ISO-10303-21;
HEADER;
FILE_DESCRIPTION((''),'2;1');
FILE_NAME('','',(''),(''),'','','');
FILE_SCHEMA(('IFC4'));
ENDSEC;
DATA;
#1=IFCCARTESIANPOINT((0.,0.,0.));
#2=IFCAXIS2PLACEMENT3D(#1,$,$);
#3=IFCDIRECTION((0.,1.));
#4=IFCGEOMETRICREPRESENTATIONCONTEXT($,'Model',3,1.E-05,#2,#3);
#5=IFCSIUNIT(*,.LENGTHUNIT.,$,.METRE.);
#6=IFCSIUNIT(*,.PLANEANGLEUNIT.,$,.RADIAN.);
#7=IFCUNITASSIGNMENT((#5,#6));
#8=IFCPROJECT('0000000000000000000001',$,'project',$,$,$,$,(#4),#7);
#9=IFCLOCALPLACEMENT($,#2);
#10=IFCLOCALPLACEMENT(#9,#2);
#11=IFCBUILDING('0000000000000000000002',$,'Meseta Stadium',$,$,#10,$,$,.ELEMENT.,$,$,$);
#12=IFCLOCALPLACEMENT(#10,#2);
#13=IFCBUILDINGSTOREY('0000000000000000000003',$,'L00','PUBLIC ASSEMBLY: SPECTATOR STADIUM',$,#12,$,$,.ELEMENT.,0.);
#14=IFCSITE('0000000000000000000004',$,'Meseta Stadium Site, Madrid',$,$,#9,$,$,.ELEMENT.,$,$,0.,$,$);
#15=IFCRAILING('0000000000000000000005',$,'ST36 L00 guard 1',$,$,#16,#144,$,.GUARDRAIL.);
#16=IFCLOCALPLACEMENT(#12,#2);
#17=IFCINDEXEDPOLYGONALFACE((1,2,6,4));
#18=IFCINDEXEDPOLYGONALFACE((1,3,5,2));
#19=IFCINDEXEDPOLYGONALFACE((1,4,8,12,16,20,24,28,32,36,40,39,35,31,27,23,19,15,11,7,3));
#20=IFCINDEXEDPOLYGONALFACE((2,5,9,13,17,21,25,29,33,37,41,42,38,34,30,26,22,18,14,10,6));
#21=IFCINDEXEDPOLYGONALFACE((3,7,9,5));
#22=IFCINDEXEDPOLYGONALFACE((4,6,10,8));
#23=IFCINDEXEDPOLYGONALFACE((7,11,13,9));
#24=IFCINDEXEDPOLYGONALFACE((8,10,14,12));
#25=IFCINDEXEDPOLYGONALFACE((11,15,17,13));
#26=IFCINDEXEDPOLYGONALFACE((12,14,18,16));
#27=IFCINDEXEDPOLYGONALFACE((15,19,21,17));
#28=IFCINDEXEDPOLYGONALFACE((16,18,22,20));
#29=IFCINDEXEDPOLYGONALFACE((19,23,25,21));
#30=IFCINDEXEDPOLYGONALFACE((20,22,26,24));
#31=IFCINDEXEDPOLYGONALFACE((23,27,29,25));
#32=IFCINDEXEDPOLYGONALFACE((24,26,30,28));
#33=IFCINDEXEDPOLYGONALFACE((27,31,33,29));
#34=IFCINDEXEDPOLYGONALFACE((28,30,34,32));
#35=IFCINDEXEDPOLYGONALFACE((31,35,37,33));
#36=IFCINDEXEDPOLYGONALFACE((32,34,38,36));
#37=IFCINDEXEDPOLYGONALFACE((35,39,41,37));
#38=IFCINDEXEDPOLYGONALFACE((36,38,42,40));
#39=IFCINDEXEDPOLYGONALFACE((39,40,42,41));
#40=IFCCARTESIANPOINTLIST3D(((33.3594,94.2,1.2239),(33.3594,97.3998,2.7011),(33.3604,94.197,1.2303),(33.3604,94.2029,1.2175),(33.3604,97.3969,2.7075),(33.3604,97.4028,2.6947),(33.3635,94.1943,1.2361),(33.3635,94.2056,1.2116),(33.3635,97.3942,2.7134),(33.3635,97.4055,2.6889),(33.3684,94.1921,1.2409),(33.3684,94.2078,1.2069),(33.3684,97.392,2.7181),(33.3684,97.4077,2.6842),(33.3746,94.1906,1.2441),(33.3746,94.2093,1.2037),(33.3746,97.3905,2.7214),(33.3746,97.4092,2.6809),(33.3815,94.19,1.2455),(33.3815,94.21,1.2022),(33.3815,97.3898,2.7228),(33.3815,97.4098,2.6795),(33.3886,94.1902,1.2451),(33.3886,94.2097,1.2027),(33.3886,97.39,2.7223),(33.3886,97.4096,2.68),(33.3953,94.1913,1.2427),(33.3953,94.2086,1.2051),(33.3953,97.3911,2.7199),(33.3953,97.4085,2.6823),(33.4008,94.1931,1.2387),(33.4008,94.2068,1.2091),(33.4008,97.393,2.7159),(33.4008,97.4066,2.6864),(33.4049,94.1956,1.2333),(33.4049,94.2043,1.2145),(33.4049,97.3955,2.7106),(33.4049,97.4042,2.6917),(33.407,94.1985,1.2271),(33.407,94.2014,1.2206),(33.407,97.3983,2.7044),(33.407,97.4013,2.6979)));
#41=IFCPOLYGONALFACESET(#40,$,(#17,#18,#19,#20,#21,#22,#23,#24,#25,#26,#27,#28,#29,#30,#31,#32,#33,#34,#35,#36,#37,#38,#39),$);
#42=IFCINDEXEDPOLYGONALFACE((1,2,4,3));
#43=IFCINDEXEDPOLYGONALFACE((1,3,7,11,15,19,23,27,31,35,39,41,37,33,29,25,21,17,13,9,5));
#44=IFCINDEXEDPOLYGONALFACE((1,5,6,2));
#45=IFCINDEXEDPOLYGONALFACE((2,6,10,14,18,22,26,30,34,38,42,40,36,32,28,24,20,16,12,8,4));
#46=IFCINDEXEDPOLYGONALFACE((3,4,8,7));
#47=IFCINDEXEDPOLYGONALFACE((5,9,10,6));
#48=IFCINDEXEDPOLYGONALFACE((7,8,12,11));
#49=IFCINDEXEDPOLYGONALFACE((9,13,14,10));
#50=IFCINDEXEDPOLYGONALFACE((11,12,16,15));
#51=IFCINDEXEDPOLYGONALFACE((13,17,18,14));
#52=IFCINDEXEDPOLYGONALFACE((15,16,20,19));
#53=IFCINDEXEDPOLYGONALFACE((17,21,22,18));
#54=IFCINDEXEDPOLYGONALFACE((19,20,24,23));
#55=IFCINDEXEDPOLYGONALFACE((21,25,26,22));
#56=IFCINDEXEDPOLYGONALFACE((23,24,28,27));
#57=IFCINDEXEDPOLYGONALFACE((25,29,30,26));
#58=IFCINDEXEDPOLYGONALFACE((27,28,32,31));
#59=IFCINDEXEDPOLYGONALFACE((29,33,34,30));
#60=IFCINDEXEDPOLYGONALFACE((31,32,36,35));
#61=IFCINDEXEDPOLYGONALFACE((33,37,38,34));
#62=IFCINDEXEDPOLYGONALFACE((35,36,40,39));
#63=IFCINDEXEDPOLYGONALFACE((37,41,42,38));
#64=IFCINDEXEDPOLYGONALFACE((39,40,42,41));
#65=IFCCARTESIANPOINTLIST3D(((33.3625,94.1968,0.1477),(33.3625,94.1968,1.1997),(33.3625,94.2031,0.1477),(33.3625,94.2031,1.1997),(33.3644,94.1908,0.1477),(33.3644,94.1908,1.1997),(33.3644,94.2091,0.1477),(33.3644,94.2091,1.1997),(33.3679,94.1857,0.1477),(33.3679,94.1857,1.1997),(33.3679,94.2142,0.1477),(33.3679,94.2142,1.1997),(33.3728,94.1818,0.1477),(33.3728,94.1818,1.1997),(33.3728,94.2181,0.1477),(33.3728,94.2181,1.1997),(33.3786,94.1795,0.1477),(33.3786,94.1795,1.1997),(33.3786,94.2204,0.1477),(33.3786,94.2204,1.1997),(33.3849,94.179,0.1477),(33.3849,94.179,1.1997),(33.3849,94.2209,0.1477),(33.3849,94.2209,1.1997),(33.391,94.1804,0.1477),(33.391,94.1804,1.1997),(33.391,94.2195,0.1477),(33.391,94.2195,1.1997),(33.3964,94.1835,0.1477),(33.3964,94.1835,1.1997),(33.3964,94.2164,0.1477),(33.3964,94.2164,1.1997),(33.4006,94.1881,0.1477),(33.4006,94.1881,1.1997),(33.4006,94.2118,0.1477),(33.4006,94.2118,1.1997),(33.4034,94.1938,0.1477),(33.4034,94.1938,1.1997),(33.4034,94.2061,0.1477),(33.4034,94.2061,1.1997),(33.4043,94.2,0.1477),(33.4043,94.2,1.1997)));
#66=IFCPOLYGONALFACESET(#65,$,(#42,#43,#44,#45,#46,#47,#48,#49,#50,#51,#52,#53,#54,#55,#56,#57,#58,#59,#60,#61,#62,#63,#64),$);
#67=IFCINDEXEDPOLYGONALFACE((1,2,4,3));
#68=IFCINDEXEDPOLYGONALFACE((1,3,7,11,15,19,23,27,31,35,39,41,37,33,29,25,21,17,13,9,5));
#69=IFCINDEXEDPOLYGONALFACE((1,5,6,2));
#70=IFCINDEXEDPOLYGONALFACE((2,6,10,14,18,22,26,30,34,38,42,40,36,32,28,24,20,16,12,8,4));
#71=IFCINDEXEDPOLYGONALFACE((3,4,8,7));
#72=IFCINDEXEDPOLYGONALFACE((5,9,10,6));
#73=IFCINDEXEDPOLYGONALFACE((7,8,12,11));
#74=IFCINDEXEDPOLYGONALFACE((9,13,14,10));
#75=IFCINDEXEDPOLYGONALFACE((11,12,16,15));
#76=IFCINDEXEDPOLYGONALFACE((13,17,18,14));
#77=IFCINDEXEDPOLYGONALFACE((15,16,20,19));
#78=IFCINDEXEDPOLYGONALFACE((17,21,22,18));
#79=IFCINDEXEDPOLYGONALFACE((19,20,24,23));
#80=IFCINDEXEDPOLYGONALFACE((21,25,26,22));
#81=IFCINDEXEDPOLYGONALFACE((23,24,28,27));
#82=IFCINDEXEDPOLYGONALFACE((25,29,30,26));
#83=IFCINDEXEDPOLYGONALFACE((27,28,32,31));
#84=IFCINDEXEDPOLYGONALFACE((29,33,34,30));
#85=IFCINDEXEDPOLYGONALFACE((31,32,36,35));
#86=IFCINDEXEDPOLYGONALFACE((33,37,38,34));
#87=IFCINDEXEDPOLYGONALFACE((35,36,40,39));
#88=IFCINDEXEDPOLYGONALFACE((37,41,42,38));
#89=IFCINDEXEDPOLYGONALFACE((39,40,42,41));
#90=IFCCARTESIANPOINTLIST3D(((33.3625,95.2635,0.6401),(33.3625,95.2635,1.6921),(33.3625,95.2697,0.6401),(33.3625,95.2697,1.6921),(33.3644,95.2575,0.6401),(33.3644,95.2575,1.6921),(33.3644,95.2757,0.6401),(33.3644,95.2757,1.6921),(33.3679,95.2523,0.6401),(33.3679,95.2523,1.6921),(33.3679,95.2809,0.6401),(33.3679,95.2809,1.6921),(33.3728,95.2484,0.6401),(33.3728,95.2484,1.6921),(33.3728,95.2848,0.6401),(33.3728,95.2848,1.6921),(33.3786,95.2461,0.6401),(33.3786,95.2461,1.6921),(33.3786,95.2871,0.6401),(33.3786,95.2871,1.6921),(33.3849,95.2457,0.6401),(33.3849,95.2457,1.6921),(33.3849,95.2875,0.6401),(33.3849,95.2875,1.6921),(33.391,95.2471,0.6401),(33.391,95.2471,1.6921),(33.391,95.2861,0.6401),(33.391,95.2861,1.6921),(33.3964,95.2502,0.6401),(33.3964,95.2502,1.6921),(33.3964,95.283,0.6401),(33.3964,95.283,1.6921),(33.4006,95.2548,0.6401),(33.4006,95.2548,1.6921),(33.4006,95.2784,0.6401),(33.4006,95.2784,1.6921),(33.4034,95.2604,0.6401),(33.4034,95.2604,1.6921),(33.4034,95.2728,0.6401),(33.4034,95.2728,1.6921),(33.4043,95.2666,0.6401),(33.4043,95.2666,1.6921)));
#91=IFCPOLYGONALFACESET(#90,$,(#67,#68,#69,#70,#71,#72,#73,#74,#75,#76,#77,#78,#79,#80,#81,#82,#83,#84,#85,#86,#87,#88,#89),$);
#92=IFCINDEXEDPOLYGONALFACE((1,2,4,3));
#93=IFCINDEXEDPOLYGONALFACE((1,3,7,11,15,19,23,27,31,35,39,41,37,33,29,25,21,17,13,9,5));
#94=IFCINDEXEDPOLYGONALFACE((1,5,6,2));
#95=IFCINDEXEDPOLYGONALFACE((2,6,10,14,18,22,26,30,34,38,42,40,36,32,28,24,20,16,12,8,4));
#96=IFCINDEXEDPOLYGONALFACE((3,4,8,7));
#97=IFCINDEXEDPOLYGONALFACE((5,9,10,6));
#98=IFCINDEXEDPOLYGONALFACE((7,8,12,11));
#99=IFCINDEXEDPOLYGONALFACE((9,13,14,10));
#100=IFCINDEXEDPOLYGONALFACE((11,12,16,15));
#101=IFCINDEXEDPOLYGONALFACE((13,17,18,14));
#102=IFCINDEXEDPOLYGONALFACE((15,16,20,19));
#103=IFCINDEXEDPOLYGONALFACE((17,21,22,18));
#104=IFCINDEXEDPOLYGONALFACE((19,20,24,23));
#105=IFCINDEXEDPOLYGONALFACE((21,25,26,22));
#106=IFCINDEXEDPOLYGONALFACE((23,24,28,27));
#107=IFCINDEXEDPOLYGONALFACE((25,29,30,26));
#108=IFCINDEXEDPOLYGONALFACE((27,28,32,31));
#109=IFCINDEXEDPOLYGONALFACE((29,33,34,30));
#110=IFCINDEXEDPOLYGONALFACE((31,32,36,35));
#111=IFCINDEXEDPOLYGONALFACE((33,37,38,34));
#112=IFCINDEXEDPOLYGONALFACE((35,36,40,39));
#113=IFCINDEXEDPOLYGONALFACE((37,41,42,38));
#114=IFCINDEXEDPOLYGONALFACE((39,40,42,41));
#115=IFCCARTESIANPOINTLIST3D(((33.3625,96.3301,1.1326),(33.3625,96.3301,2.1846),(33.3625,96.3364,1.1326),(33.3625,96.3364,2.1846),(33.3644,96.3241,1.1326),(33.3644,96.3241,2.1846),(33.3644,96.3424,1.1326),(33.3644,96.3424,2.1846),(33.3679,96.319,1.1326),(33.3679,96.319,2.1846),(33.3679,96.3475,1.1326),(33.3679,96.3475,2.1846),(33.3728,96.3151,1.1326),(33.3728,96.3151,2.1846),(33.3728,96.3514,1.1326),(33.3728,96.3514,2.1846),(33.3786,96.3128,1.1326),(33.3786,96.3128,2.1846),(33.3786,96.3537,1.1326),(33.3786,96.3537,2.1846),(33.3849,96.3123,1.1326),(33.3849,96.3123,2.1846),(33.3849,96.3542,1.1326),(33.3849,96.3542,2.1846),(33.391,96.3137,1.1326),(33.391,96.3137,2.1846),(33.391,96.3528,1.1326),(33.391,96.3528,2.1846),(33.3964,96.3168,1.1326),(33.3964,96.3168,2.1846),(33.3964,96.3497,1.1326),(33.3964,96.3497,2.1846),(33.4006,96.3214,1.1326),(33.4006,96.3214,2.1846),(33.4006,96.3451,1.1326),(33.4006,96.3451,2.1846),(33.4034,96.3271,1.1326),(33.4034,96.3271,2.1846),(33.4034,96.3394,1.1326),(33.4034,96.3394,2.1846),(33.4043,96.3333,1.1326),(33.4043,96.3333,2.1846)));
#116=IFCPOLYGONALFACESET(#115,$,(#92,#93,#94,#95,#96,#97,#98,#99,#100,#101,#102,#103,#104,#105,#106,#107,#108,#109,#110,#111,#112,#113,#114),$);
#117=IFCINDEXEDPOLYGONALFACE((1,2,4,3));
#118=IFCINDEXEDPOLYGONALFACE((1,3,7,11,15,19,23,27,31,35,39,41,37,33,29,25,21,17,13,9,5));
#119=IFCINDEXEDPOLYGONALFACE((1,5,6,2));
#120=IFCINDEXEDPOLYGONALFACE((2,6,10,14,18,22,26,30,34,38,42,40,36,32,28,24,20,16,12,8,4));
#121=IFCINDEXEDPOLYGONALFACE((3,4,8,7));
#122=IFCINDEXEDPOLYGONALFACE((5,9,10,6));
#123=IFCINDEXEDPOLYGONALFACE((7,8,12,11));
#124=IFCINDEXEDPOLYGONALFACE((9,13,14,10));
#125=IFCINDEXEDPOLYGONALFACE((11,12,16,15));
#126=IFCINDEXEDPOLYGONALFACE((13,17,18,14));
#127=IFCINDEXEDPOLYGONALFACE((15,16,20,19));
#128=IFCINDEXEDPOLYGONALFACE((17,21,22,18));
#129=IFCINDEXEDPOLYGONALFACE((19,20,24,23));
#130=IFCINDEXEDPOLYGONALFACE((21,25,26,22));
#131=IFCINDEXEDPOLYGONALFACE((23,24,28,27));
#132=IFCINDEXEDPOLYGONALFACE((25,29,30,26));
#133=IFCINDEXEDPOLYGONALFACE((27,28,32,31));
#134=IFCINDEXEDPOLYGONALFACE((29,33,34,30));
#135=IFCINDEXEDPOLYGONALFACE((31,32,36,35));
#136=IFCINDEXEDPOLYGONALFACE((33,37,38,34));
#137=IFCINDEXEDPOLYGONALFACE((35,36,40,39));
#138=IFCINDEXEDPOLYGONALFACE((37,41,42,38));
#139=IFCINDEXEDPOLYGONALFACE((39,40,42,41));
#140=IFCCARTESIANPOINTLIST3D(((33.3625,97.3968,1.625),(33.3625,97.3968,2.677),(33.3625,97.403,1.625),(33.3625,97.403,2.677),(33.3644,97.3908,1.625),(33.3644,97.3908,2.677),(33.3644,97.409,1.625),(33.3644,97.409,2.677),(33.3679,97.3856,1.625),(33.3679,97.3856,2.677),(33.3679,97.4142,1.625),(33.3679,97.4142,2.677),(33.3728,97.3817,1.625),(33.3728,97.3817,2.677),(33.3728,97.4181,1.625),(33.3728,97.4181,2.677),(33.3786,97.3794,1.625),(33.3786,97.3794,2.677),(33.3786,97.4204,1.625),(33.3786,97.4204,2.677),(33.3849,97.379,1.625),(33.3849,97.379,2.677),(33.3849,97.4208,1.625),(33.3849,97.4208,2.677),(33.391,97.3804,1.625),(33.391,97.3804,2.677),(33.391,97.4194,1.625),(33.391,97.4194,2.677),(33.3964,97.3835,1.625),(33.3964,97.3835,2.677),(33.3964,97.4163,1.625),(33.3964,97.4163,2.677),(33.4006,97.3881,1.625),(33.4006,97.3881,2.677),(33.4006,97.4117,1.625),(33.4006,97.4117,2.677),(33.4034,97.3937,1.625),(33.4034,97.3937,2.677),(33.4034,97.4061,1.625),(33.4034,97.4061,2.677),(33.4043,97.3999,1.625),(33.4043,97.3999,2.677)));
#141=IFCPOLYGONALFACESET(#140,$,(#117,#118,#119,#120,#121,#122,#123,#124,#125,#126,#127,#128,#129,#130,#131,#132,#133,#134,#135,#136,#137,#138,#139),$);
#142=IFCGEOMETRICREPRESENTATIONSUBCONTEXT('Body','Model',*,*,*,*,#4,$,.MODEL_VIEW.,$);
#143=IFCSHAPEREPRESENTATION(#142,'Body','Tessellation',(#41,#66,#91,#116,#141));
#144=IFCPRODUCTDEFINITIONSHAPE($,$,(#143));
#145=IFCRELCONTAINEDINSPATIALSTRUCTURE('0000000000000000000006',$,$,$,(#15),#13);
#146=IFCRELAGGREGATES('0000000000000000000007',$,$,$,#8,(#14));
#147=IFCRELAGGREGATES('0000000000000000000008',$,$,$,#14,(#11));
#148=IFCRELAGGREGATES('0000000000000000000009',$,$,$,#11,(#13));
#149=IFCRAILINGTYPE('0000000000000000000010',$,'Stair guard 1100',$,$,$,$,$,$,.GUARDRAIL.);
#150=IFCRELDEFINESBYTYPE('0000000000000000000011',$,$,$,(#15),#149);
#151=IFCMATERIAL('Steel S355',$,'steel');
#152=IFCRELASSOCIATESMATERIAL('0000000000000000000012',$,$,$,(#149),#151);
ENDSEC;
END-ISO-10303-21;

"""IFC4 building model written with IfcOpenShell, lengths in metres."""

from ifc_helpers import new_model, si_unit, direction, frame, origin, origin_2d, place, context, subcontext, project, spatial, circle, extrude, material, type_object, element, save


model = new_model("IFC4")

# Units and contexts
model_context = context("Model", 3, precision=1e-05, world=origin(), true_north=direction((0.0, 1.0)))
body_context = subcontext(model_context, "Body", "Model", "MODEL_VIEW")
ifc_project = project(units=[si_unit("LENGTHUNIT", "METRE"), si_unit("PLANEANGLEUNIT", "RADIAN")], contexts=[model_context])

# Site, building, storey
site_placement = place(None, origin())
site = spatial("IfcSite", under=ifc_project, at=site_placement, Name="Meseta Stadium Site, Madrid", CompositionType="ELEMENT", RefElevation=0.0)
building_placement = place(site_placement, origin())
building = spatial("IfcBuilding", under=site, at=building_placement, Name="Meseta Stadium", CompositionType="ELEMENT")
storey_placement = place(building_placement, origin())
storey = spatial("IfcBuildingStorey", under=building, at=storey_placement, Name="L00", Description="PUBLIC ASSEMBLY: SPECTATOR STADIUM", CompositionType="ELEMENT", Elevation=0.0)

# Railing
ifc_material_1 = material(Name="Steel S355", Category="steel")
railing_type_1 = type_object("IfcRailingType", Name="Stair guard 1100", PredefinedType="GUARDRAIL", material=ifc_material_1)
railing_1_placement = place(storey_placement, frame((33.3833, 94.2, 0.1477)))
element("IfcRailing", 1, at=railing_1_placement, inside=storey, type_object=railing_type_1, Name="ST36 L00 guard 1", PredefinedType="GUARDRAIL", context=body_context, shape_type="SweptSolid", body=[
    extrude(circle(Radius=0.0239, at=origin_2d()), frame((0.0, 0.0, 1.0762), z_axis=(0.0, 0.907917, 0.41915), x_axis=(-1.0, 0.0, 0.0)), (0.0, 0.0, 1.0), 3.5244),
    extrude(circle(Radius=0.021, at=origin_2d()), origin(), (0.0, 0.0, 1.0), 1.052),
    extrude(circle(Radius=0.021, at=origin_2d()), frame((0.0, 1.0667, 0.4924)), (0.0, 0.0, 1.0), 1.052),
    extrude(circle(Radius=0.021, at=origin_2d()), frame((0.0, 2.1333, 0.9849)), (0.0, 0.0, 1.0), 1.052),
    extrude(circle(Radius=0.021, at=origin_2d()), frame((0.0, 3.2, 1.4773)), (0.0, 0.0, 1.0), 1.052),
])

save(model, "model.ifc")
